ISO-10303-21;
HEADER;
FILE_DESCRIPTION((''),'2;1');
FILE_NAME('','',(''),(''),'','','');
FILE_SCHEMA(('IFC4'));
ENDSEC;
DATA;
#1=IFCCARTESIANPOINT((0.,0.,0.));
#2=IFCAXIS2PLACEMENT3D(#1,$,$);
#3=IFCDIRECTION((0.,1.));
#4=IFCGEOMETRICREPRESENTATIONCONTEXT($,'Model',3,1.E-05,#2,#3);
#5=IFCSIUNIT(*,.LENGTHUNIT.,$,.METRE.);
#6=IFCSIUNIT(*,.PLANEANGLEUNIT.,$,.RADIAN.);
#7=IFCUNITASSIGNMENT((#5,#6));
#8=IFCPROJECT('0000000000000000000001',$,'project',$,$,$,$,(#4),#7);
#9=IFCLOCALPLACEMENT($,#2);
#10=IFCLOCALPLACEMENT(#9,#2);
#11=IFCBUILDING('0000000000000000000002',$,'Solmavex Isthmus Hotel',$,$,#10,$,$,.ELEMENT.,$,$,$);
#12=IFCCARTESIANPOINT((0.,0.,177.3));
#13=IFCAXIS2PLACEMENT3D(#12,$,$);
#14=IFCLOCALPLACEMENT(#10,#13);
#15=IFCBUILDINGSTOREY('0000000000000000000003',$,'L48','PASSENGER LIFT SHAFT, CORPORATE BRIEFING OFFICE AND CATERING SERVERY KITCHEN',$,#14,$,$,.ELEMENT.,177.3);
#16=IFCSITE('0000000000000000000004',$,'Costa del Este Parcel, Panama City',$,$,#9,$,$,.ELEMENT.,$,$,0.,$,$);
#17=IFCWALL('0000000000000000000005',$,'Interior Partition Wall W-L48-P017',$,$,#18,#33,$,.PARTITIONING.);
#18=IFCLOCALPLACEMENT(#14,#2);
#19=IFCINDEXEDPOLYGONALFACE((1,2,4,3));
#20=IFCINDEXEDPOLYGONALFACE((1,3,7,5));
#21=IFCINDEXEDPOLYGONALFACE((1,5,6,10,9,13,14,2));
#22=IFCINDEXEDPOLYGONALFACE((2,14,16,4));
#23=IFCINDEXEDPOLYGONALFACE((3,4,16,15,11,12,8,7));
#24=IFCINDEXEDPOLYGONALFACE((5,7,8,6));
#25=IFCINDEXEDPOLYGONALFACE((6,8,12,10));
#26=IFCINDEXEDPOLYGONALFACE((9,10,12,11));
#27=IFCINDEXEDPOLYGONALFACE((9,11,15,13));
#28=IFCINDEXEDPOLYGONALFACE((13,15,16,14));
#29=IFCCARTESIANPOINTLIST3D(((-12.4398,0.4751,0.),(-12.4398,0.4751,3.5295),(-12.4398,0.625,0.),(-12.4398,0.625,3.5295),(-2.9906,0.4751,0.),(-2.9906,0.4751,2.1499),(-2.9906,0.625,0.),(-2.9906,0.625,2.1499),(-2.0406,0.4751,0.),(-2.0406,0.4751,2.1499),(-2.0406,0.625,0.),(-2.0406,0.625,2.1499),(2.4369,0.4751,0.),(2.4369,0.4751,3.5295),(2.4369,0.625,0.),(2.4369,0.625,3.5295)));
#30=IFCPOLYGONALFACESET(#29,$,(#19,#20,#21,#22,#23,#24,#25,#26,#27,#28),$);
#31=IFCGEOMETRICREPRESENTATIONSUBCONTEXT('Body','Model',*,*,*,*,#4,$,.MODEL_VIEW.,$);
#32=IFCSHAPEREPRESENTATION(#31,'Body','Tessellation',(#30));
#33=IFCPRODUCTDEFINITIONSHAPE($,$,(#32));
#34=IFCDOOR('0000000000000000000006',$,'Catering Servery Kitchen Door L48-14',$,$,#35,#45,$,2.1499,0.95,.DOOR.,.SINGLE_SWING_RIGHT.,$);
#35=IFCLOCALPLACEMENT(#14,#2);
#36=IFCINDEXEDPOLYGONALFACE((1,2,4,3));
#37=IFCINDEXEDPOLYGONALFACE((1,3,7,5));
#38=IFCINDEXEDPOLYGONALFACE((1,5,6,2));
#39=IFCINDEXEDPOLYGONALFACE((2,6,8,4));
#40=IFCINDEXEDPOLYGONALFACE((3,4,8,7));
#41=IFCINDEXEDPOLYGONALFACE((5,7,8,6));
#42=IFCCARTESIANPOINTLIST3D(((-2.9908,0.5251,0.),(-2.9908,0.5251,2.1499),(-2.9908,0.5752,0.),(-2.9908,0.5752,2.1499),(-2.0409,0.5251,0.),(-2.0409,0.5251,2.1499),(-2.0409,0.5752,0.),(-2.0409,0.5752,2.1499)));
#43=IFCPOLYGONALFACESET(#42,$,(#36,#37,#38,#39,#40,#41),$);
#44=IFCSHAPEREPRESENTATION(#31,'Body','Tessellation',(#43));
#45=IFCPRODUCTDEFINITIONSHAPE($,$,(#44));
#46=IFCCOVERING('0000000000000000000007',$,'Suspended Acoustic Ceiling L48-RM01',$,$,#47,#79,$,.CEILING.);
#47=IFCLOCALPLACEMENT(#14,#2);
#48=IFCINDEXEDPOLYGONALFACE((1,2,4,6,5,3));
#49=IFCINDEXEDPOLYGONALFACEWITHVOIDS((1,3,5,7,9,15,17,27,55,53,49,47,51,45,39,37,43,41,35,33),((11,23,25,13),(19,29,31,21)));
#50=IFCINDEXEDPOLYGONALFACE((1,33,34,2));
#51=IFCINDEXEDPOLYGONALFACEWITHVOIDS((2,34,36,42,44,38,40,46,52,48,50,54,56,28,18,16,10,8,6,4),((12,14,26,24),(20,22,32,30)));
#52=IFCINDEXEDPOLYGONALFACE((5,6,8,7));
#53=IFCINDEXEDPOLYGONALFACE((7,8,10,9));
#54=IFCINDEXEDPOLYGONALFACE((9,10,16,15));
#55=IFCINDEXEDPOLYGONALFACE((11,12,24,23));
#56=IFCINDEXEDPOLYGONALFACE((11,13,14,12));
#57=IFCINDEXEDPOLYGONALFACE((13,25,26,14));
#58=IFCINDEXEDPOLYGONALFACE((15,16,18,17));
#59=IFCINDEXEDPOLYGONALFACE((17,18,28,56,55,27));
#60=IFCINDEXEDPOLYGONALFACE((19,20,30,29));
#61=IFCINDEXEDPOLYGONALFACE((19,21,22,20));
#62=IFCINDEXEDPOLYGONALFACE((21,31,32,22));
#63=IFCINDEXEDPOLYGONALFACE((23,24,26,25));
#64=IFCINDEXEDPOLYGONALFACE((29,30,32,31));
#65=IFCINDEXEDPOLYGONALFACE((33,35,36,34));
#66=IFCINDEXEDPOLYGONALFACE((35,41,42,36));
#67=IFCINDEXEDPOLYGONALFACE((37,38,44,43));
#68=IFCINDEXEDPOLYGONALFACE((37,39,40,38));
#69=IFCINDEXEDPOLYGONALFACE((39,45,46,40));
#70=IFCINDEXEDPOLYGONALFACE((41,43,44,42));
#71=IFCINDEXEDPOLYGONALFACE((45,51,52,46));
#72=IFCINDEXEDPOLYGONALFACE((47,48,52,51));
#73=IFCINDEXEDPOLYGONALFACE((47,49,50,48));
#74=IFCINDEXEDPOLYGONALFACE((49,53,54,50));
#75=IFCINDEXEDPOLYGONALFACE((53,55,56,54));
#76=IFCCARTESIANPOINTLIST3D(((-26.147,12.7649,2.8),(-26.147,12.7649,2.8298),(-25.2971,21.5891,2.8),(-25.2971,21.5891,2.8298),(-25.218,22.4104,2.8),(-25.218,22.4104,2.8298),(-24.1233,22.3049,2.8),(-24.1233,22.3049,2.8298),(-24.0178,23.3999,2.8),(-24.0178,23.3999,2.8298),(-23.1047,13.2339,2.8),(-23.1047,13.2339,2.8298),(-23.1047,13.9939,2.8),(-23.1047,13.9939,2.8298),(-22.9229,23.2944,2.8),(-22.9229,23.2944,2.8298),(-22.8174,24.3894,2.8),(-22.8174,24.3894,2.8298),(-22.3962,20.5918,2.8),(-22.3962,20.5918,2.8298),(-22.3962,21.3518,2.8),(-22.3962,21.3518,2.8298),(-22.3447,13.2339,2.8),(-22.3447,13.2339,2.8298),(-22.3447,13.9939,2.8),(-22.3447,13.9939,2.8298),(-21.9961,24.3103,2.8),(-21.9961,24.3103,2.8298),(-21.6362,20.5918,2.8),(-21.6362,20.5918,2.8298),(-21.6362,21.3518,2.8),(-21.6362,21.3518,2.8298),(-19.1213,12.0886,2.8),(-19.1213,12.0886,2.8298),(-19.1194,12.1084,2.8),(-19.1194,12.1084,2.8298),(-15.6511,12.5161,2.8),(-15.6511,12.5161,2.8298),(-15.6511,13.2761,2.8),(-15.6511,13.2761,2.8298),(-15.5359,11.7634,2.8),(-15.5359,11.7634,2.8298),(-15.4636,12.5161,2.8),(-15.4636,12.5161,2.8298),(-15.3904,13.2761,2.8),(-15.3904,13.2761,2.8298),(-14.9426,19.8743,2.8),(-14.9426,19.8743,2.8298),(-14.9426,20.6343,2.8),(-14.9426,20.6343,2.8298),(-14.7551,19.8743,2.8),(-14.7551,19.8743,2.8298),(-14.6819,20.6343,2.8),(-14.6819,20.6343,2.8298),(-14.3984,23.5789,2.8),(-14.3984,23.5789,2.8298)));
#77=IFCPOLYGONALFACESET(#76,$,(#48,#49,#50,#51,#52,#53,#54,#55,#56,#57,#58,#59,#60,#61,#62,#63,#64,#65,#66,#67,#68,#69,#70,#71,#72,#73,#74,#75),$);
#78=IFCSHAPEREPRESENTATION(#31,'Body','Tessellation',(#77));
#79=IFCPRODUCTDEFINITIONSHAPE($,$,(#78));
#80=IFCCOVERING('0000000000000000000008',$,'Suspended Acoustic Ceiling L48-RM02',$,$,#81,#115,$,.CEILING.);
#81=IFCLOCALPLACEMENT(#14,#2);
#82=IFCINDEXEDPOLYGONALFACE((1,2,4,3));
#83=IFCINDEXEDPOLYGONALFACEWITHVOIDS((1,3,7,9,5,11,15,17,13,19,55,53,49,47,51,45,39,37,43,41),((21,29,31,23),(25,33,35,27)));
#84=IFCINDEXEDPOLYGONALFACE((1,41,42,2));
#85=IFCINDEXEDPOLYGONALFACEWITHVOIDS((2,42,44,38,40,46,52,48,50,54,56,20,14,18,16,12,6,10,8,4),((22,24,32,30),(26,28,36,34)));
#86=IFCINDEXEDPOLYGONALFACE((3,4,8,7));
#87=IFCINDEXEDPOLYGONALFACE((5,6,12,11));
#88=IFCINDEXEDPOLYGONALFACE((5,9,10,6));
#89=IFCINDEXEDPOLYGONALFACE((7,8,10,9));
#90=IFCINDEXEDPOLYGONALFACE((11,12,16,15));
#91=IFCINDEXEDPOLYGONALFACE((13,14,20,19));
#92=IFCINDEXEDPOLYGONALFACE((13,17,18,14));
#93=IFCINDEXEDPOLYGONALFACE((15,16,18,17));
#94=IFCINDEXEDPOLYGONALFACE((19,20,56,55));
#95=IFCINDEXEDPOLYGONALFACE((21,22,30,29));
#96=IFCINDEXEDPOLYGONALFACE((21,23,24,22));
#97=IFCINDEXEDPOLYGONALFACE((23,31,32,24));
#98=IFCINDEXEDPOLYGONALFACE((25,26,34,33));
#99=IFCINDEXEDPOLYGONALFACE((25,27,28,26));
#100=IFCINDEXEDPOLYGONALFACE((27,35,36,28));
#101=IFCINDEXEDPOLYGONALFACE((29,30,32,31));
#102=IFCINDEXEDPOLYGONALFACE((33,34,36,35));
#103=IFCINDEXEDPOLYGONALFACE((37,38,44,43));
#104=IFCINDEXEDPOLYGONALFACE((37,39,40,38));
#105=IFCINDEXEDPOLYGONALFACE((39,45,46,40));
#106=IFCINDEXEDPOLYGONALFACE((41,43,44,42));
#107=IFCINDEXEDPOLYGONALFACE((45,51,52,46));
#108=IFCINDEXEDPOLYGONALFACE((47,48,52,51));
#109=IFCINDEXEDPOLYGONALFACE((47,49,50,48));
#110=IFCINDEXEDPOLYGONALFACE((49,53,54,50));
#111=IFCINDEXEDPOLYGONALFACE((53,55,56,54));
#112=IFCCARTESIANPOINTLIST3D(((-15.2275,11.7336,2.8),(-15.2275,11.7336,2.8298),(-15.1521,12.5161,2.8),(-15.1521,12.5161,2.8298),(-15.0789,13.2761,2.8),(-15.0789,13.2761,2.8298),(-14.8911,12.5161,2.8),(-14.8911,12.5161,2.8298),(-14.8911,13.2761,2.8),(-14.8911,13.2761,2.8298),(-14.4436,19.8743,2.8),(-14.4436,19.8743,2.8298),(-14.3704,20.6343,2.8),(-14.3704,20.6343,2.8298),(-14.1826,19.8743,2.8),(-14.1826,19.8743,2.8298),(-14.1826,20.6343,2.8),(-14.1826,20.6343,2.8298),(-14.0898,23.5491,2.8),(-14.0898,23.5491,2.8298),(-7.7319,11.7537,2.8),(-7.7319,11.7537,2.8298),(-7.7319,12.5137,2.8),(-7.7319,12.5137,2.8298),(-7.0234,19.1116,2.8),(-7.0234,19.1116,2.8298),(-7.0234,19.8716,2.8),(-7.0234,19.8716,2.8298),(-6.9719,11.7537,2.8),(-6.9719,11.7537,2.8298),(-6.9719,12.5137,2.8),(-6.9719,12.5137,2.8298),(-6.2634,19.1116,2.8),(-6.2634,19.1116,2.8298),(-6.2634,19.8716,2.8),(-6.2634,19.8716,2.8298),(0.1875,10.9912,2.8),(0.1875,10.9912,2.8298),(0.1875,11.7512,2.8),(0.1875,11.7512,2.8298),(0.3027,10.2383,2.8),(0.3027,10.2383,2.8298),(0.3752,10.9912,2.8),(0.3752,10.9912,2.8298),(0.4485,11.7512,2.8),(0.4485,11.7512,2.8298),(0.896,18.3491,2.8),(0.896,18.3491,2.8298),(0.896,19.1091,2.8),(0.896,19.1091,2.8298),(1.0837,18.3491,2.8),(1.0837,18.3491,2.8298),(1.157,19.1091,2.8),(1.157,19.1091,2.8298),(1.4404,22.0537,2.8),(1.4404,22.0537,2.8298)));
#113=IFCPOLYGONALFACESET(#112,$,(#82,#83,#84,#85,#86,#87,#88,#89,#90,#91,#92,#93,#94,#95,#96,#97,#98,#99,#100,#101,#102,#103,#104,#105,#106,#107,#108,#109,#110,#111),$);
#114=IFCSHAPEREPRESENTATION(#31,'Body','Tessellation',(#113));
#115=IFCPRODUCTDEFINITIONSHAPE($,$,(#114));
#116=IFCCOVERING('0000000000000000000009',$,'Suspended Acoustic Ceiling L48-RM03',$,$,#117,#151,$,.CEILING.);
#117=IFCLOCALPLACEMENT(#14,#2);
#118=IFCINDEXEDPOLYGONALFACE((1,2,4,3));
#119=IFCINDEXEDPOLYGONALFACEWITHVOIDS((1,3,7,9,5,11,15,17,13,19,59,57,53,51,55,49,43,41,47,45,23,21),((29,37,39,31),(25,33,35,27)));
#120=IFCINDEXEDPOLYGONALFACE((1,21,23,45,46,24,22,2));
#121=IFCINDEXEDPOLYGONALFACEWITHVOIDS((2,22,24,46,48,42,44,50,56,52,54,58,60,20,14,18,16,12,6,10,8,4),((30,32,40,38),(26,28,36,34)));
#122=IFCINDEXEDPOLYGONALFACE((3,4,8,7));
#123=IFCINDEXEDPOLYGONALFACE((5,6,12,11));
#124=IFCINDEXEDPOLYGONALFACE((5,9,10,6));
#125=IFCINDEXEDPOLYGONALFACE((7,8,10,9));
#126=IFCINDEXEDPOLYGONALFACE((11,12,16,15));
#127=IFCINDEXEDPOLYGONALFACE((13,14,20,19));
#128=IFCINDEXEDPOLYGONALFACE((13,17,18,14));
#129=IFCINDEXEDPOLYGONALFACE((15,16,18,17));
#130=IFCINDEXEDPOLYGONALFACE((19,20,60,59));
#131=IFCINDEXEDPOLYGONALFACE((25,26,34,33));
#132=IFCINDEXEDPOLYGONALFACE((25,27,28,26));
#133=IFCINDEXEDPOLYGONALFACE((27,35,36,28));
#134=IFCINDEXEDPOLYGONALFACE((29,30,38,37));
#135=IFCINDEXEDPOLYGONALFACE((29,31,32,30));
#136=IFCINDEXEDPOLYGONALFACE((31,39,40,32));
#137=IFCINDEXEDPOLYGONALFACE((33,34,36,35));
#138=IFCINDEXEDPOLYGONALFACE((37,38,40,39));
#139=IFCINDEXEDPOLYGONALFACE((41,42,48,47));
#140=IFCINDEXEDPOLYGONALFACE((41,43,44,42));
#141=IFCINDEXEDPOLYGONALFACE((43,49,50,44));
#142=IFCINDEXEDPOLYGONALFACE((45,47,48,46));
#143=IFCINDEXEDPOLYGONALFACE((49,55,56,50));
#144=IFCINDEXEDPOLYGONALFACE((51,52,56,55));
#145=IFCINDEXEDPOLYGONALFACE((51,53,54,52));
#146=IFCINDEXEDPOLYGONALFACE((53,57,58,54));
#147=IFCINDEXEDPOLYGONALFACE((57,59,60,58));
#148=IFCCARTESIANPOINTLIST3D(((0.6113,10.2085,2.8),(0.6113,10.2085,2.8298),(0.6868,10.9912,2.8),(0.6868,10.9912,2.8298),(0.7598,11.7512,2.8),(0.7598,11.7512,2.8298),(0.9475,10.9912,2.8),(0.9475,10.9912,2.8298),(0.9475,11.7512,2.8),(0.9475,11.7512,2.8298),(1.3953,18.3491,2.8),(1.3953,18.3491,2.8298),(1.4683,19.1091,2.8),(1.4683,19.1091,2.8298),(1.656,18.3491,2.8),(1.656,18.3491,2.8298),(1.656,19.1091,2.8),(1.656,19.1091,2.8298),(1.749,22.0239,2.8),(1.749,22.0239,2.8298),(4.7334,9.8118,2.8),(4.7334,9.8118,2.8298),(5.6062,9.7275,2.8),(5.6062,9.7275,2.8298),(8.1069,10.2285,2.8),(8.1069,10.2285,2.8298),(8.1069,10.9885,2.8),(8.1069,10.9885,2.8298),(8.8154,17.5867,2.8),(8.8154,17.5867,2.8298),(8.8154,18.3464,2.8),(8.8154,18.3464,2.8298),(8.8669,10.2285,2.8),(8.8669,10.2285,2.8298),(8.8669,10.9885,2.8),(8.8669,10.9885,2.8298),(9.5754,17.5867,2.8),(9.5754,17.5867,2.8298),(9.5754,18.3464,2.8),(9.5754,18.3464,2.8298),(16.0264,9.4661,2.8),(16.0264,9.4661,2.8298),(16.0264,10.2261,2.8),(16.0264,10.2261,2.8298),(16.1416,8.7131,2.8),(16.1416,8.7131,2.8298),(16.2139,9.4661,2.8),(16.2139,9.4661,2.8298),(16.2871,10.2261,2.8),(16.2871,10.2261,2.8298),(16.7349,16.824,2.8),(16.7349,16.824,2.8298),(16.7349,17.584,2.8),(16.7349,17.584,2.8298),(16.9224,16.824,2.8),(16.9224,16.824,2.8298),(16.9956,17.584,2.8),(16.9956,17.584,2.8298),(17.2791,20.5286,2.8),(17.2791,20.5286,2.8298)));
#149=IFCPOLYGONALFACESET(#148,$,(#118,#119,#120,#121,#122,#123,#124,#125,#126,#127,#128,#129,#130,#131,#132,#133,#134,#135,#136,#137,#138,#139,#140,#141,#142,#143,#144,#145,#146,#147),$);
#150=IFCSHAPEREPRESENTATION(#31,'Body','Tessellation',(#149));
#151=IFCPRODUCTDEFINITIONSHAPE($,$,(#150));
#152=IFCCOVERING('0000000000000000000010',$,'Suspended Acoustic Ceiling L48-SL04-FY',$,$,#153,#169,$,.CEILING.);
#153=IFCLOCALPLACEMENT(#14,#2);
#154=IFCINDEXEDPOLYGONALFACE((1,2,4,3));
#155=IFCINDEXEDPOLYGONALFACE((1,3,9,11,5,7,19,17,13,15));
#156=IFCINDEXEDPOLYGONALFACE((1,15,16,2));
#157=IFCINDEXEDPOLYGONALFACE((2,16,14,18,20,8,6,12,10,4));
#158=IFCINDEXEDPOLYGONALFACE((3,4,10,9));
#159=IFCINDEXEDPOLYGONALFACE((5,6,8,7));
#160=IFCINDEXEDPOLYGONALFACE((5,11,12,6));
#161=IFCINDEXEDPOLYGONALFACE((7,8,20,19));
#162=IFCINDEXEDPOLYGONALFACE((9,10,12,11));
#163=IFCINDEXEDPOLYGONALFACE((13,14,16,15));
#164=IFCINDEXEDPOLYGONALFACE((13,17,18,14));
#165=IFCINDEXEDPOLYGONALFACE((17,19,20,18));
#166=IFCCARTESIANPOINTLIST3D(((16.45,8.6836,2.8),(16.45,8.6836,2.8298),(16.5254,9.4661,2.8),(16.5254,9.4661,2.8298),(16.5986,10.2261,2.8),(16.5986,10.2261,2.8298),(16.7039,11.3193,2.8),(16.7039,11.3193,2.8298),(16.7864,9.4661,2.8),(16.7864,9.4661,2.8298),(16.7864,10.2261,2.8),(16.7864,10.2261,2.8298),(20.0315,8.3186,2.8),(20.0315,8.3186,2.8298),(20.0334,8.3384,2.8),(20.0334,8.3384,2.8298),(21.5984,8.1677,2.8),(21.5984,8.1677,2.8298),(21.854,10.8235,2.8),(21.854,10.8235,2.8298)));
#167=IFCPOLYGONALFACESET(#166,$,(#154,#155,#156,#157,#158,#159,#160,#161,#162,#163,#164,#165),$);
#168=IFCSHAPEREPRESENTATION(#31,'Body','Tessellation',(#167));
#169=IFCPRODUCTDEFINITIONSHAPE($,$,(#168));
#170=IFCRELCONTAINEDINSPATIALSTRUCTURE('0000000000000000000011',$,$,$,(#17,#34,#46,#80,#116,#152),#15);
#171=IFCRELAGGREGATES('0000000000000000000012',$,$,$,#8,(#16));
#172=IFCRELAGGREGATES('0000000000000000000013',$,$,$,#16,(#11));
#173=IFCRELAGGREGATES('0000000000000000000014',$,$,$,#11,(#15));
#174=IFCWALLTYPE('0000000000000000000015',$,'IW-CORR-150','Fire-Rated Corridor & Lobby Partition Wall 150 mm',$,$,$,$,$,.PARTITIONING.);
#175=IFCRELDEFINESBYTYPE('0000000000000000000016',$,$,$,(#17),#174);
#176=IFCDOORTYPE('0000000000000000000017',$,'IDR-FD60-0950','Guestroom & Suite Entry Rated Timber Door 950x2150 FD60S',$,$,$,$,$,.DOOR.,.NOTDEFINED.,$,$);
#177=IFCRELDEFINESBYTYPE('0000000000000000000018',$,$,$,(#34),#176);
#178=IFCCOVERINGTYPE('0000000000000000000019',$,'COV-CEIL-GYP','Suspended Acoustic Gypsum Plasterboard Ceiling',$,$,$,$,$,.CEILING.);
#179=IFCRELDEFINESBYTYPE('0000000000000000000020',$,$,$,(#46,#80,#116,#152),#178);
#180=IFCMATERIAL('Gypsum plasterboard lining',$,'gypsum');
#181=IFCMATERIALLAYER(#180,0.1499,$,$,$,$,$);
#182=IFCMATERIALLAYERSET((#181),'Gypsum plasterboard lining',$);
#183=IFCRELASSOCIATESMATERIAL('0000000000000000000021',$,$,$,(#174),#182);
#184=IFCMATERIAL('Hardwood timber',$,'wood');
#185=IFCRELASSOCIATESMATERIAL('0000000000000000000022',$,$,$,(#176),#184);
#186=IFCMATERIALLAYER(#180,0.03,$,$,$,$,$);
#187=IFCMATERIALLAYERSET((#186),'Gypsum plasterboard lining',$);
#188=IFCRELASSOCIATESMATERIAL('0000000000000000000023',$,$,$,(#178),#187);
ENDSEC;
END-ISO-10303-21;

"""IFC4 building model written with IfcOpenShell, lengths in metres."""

from ifc_helpers import new_model, si_unit, direction, frame, frame_2d, origin, place, context, subcontext, project, spatial, polyline, rectangle, outline, extrude, material, layer, layer_set, type_object, element, fill, save


model = new_model("IFC4")

# Units and contexts
model_context = context("Model", 3, precision=1e-05, world=origin(), true_north=direction((0.0, 1.0)))
body_context = subcontext(model_context, "Body", "Model", "MODEL_VIEW")
ifc_project = project(units=[si_unit("LENGTHUNIT", "METRE"), si_unit("PLANEANGLEUNIT", "RADIAN")], contexts=[model_context])

# Site, building, storey
site_placement = place(None, origin())
site = spatial("IfcSite", under=ifc_project, at=site_placement, Name="Costa del Este Parcel, Panama City", CompositionType="ELEMENT", RefElevation=0.0)
building_placement = place(site_placement, origin())
building = spatial("IfcBuilding", under=site, at=building_placement, Name="Solmavex Isthmus Hotel", CompositionType="ELEMENT")
storey_placement = place(building_placement, frame((0.0, 0.0, 177.3)))
storey = spatial("IfcBuildingStorey", under=building, at=storey_placement, Name="L48", Description="PASSENGER LIFT SHAFT, CORPORATE BRIEFING OFFICE AND CATERING SERVERY KITCHEN", CompositionType="ELEMENT", Elevation=177.3)

# Wall, opening, door
ifc_material_1 = material(Name="Gypsum plasterboard lining", Category="gypsum")
ifc_layer_1 = layer(ifc_material_1, 0.1499)
ifc_layer_set_1 = layer_set([ifc_layer_1], Name="Gypsum plasterboard lining")
wall_type = type_object("IfcWallType", Name="IW-CORR-150", Description="Fire-Rated Corridor & Lobby Partition Wall 150 mm", PredefinedType="PARTITIONING", material=ifc_layer_set_1)
wall_placement = place(storey_placement, frame((-12.4399, 0.55, 0.0), z_axis=(0.0, 0.0, 1.0), x_axis=(1.0, 0.0, 0.0)))
wall = element("IfcWall", 1, at=wall_placement, inside=storey, type_object=wall_type, Name="Interior Partition Wall W-L48-P017", PredefinedType="PARTITIONING", context=body_context, shape_type="SweptSolid", body=[
    extrude(rectangle(XDim=14.8767, YDim=0.1499, at=frame_2d((7.4385, 0.0))), origin(), (0.0, 0.0, 1.0), 3.5295),
])
opening_placement = place(wall_placement, frame((9.4492, 0.0, 0.0)))
opening = element("IfcOpeningElement", 2, at=opening_placement, cuts=wall, PredefinedType="OPENING", context=body_context, shape_type="SweptSolid", body=[
    extrude(rectangle(XDim=0.95, YDim=2.1499, at=frame_2d((0.4751, 1.075))), frame((0.0, 0.085, 0.0), z_axis=(0.0, -1.0, 0.0), x_axis=(1.0, 0.0, 0.0)), (0.0, 0.0, 1.0), 0.1699),
])
ifc_material_2 = material(Name="Hardwood timber", Category="wood")
door_type = type_object("IfcDoorType", Name="IDR-FD60-0950", Description="Guestroom & Suite Entry Rated Timber Door 950x2150 FD60S", OperationType="NOTDEFINED", PredefinedType="DOOR", material=ifc_material_2)
door_placement = place(opening_placement, frame((0.95, 0.0, 0.0), z_axis=(0.0, 0.0, 1.0), x_axis=(-1.0, 0.0, 0.0)))
door = element("IfcDoor", 3, at=door_placement, inside=storey, type_object=door_type, Name="Catering Servery Kitchen Door L48-14", OperationType="SINGLE_SWING_RIGHT", OverallHeight=2.1499, OverallWidth=0.95, PredefinedType="DOOR", context=body_context, shape_type="SweptSolid", body=[
    extrude(rectangle(XDim=0.95, YDim=2.1499, at=frame_2d((0.4751, 1.075))), frame((0.0, 0.0249, 0.0), z_axis=(0.0, -1.0, 0.0), x_axis=(1.0, 0.0, 0.0)), (0.0, 0.0, 1.0), 0.05),
])
fill(opening, door)

# Coverings
ifc_layer_2 = layer(ifc_material_1, 0.03)
ifc_layer_set_2 = layer_set([ifc_layer_2], Name="Gypsum plasterboard lining")
covering_type_1 = type_object("IfcCoveringType", Name="COV-CEIL-GYP", Description="Suspended Acoustic Gypsum Plasterboard Ceiling", PredefinedType="CEILING", material=ifc_layer_set_2)
covering_1_placement = place(storey_placement, frame((0.0, 0.0, 2.8)))
element("IfcCovering", 4, at=covering_1_placement, inside=storey, type_object=covering_type_1, Name="Suspended Acoustic Ceiling L48-RM01", PredefinedType="CEILING", context=body_context, shape_type="SweptSolid", body=[
    extrude(outline(polyline([(-19.1213, 12.0886), (-19.1194, 12.1084), (-15.5359, 11.7634), (-15.4636, 12.5161), (-15.6511, 12.5161), (-15.6511, 13.2761), (-15.3904, 13.2761), (-14.7551, 19.8743), (-14.9426, 19.8743), (-14.9426, 20.6343), (-14.6819, 20.6343), (-14.3984, 23.5789), (-21.9961, 24.3103), (-22.8174, 24.3894), (-22.9229, 23.2944), (-24.0178, 23.3999), (-24.1233, 22.3049), (-25.218, 22.4104), (-25.2971, 21.5891), (-26.147, 12.7649), (-19.1213, 12.0886)]), holes=[polyline([(-22.3962, 20.5918), (-22.3962, 21.3518), (-21.6362, 21.3518), (-21.6362, 20.5918), (-22.3962, 20.5918)]), polyline([(-23.1047, 13.2339), (-23.1047, 13.9939), (-22.3447, 13.9939), (-22.3447, 13.2339), (-23.1047, 13.2339)])]), origin(), (0.0, 0.0, 1.0), 0.0298),
])
covering_2_placement = place(storey_placement, frame((0.0, 0.0, 2.8)))
element("IfcCovering", 5, at=covering_2_placement, inside=storey, type_object=covering_type_1, Name="Suspended Acoustic Ceiling L48-RM02", PredefinedType="CEILING", context=body_context, shape_type="SweptSolid", body=[
    extrude(outline(polyline([(-15.0789, 13.2761), (-14.8911, 13.2761), (-14.8911, 12.5161), (-15.1521, 12.5161), (-15.2275, 11.7336), (0.3027, 10.2383), (0.3752, 10.9912), (0.1875, 10.9912), (0.1875, 11.7512), (0.4485, 11.7512), (1.0837, 18.3491), (0.896, 18.3491), (0.896, 19.1091), (1.157, 19.1091), (1.4404, 22.0537), (-14.0898, 23.5491), (-14.3704, 20.6343), (-14.1826, 20.6343), (-14.1826, 19.8743), (-14.4436, 19.8743), (-15.0789, 13.2761)]), holes=[polyline([(-7.0234, 19.1116), (-7.0234, 19.8716), (-6.2634, 19.8716), (-6.2634, 19.1116), (-7.0234, 19.1116)]), polyline([(-7.7319, 11.7537), (-7.7319, 12.5137), (-6.9719, 12.5137), (-6.9719, 11.7537), (-7.7319, 11.7537)])]), origin(), (0.0, 0.0, 1.0), 0.0298),
])
covering_3_placement = place(storey_placement, frame((0.0, 0.0, 2.8)))
element("IfcCovering", 6, at=covering_3_placement, inside=storey, type_object=covering_type_1, Name="Suspended Acoustic Ceiling L48-RM03", PredefinedType="CEILING", context=body_context, shape_type="SweptSolid", body=[
    extrude(outline(polyline([(0.7598, 11.7512), (0.9475, 11.7512), (0.9475, 10.9912), (0.6868, 10.9912), (0.6113, 10.2085), (4.7334, 9.8118), (5.6062, 9.7275), (16.1416, 8.7131), (16.2139, 9.4661), (16.0264, 9.4661), (16.0264, 10.2261), (16.2871, 10.2261), (16.9224, 16.824), (16.7349, 16.824), (16.7349, 17.584), (16.9956, 17.584), (17.2791, 20.5286), (1.749, 22.0239), (1.4683, 19.1091), (1.656, 19.1091), (1.656, 18.3491), (1.3953, 18.3491), (0.7598, 11.7512)]), holes=[polyline([(8.8154, 17.5867), (8.8154, 18.3464), (9.5754, 18.3464), (9.5754, 17.5867), (8.8154, 17.5867)]), polyline([(8.1069, 10.2285), (8.1069, 10.9885), (8.8669, 10.9885), (8.8669, 10.2285), (8.1069, 10.2285)])]), origin(), (0.0, 0.0, 1.0), 0.0298),
])
covering_4_placement = place(storey_placement, frame((0.0, 0.0, 2.8)))
element("IfcCovering", 7, at=covering_4_placement, inside=storey, type_object=covering_type_1, Name="Suspended Acoustic Ceiling L48-SL04-FY", PredefinedType="CEILING", context=body_context, shape_type="SweptSolid", body=[
    extrude(outline(polyline([(16.5986, 10.2261), (16.7864, 10.2261), (16.7864, 9.4661), (16.5254, 9.4661), (16.45, 8.6836), (20.0334, 8.3384), (20.0315, 8.3186), (21.5984, 8.1677), (21.854, 10.8235), (16.7039, 11.3193), (16.5986, 10.2261)])), origin(), (0.0, 0.0, 1.0), 0.0298),
])

save(model, "model.ifc")
